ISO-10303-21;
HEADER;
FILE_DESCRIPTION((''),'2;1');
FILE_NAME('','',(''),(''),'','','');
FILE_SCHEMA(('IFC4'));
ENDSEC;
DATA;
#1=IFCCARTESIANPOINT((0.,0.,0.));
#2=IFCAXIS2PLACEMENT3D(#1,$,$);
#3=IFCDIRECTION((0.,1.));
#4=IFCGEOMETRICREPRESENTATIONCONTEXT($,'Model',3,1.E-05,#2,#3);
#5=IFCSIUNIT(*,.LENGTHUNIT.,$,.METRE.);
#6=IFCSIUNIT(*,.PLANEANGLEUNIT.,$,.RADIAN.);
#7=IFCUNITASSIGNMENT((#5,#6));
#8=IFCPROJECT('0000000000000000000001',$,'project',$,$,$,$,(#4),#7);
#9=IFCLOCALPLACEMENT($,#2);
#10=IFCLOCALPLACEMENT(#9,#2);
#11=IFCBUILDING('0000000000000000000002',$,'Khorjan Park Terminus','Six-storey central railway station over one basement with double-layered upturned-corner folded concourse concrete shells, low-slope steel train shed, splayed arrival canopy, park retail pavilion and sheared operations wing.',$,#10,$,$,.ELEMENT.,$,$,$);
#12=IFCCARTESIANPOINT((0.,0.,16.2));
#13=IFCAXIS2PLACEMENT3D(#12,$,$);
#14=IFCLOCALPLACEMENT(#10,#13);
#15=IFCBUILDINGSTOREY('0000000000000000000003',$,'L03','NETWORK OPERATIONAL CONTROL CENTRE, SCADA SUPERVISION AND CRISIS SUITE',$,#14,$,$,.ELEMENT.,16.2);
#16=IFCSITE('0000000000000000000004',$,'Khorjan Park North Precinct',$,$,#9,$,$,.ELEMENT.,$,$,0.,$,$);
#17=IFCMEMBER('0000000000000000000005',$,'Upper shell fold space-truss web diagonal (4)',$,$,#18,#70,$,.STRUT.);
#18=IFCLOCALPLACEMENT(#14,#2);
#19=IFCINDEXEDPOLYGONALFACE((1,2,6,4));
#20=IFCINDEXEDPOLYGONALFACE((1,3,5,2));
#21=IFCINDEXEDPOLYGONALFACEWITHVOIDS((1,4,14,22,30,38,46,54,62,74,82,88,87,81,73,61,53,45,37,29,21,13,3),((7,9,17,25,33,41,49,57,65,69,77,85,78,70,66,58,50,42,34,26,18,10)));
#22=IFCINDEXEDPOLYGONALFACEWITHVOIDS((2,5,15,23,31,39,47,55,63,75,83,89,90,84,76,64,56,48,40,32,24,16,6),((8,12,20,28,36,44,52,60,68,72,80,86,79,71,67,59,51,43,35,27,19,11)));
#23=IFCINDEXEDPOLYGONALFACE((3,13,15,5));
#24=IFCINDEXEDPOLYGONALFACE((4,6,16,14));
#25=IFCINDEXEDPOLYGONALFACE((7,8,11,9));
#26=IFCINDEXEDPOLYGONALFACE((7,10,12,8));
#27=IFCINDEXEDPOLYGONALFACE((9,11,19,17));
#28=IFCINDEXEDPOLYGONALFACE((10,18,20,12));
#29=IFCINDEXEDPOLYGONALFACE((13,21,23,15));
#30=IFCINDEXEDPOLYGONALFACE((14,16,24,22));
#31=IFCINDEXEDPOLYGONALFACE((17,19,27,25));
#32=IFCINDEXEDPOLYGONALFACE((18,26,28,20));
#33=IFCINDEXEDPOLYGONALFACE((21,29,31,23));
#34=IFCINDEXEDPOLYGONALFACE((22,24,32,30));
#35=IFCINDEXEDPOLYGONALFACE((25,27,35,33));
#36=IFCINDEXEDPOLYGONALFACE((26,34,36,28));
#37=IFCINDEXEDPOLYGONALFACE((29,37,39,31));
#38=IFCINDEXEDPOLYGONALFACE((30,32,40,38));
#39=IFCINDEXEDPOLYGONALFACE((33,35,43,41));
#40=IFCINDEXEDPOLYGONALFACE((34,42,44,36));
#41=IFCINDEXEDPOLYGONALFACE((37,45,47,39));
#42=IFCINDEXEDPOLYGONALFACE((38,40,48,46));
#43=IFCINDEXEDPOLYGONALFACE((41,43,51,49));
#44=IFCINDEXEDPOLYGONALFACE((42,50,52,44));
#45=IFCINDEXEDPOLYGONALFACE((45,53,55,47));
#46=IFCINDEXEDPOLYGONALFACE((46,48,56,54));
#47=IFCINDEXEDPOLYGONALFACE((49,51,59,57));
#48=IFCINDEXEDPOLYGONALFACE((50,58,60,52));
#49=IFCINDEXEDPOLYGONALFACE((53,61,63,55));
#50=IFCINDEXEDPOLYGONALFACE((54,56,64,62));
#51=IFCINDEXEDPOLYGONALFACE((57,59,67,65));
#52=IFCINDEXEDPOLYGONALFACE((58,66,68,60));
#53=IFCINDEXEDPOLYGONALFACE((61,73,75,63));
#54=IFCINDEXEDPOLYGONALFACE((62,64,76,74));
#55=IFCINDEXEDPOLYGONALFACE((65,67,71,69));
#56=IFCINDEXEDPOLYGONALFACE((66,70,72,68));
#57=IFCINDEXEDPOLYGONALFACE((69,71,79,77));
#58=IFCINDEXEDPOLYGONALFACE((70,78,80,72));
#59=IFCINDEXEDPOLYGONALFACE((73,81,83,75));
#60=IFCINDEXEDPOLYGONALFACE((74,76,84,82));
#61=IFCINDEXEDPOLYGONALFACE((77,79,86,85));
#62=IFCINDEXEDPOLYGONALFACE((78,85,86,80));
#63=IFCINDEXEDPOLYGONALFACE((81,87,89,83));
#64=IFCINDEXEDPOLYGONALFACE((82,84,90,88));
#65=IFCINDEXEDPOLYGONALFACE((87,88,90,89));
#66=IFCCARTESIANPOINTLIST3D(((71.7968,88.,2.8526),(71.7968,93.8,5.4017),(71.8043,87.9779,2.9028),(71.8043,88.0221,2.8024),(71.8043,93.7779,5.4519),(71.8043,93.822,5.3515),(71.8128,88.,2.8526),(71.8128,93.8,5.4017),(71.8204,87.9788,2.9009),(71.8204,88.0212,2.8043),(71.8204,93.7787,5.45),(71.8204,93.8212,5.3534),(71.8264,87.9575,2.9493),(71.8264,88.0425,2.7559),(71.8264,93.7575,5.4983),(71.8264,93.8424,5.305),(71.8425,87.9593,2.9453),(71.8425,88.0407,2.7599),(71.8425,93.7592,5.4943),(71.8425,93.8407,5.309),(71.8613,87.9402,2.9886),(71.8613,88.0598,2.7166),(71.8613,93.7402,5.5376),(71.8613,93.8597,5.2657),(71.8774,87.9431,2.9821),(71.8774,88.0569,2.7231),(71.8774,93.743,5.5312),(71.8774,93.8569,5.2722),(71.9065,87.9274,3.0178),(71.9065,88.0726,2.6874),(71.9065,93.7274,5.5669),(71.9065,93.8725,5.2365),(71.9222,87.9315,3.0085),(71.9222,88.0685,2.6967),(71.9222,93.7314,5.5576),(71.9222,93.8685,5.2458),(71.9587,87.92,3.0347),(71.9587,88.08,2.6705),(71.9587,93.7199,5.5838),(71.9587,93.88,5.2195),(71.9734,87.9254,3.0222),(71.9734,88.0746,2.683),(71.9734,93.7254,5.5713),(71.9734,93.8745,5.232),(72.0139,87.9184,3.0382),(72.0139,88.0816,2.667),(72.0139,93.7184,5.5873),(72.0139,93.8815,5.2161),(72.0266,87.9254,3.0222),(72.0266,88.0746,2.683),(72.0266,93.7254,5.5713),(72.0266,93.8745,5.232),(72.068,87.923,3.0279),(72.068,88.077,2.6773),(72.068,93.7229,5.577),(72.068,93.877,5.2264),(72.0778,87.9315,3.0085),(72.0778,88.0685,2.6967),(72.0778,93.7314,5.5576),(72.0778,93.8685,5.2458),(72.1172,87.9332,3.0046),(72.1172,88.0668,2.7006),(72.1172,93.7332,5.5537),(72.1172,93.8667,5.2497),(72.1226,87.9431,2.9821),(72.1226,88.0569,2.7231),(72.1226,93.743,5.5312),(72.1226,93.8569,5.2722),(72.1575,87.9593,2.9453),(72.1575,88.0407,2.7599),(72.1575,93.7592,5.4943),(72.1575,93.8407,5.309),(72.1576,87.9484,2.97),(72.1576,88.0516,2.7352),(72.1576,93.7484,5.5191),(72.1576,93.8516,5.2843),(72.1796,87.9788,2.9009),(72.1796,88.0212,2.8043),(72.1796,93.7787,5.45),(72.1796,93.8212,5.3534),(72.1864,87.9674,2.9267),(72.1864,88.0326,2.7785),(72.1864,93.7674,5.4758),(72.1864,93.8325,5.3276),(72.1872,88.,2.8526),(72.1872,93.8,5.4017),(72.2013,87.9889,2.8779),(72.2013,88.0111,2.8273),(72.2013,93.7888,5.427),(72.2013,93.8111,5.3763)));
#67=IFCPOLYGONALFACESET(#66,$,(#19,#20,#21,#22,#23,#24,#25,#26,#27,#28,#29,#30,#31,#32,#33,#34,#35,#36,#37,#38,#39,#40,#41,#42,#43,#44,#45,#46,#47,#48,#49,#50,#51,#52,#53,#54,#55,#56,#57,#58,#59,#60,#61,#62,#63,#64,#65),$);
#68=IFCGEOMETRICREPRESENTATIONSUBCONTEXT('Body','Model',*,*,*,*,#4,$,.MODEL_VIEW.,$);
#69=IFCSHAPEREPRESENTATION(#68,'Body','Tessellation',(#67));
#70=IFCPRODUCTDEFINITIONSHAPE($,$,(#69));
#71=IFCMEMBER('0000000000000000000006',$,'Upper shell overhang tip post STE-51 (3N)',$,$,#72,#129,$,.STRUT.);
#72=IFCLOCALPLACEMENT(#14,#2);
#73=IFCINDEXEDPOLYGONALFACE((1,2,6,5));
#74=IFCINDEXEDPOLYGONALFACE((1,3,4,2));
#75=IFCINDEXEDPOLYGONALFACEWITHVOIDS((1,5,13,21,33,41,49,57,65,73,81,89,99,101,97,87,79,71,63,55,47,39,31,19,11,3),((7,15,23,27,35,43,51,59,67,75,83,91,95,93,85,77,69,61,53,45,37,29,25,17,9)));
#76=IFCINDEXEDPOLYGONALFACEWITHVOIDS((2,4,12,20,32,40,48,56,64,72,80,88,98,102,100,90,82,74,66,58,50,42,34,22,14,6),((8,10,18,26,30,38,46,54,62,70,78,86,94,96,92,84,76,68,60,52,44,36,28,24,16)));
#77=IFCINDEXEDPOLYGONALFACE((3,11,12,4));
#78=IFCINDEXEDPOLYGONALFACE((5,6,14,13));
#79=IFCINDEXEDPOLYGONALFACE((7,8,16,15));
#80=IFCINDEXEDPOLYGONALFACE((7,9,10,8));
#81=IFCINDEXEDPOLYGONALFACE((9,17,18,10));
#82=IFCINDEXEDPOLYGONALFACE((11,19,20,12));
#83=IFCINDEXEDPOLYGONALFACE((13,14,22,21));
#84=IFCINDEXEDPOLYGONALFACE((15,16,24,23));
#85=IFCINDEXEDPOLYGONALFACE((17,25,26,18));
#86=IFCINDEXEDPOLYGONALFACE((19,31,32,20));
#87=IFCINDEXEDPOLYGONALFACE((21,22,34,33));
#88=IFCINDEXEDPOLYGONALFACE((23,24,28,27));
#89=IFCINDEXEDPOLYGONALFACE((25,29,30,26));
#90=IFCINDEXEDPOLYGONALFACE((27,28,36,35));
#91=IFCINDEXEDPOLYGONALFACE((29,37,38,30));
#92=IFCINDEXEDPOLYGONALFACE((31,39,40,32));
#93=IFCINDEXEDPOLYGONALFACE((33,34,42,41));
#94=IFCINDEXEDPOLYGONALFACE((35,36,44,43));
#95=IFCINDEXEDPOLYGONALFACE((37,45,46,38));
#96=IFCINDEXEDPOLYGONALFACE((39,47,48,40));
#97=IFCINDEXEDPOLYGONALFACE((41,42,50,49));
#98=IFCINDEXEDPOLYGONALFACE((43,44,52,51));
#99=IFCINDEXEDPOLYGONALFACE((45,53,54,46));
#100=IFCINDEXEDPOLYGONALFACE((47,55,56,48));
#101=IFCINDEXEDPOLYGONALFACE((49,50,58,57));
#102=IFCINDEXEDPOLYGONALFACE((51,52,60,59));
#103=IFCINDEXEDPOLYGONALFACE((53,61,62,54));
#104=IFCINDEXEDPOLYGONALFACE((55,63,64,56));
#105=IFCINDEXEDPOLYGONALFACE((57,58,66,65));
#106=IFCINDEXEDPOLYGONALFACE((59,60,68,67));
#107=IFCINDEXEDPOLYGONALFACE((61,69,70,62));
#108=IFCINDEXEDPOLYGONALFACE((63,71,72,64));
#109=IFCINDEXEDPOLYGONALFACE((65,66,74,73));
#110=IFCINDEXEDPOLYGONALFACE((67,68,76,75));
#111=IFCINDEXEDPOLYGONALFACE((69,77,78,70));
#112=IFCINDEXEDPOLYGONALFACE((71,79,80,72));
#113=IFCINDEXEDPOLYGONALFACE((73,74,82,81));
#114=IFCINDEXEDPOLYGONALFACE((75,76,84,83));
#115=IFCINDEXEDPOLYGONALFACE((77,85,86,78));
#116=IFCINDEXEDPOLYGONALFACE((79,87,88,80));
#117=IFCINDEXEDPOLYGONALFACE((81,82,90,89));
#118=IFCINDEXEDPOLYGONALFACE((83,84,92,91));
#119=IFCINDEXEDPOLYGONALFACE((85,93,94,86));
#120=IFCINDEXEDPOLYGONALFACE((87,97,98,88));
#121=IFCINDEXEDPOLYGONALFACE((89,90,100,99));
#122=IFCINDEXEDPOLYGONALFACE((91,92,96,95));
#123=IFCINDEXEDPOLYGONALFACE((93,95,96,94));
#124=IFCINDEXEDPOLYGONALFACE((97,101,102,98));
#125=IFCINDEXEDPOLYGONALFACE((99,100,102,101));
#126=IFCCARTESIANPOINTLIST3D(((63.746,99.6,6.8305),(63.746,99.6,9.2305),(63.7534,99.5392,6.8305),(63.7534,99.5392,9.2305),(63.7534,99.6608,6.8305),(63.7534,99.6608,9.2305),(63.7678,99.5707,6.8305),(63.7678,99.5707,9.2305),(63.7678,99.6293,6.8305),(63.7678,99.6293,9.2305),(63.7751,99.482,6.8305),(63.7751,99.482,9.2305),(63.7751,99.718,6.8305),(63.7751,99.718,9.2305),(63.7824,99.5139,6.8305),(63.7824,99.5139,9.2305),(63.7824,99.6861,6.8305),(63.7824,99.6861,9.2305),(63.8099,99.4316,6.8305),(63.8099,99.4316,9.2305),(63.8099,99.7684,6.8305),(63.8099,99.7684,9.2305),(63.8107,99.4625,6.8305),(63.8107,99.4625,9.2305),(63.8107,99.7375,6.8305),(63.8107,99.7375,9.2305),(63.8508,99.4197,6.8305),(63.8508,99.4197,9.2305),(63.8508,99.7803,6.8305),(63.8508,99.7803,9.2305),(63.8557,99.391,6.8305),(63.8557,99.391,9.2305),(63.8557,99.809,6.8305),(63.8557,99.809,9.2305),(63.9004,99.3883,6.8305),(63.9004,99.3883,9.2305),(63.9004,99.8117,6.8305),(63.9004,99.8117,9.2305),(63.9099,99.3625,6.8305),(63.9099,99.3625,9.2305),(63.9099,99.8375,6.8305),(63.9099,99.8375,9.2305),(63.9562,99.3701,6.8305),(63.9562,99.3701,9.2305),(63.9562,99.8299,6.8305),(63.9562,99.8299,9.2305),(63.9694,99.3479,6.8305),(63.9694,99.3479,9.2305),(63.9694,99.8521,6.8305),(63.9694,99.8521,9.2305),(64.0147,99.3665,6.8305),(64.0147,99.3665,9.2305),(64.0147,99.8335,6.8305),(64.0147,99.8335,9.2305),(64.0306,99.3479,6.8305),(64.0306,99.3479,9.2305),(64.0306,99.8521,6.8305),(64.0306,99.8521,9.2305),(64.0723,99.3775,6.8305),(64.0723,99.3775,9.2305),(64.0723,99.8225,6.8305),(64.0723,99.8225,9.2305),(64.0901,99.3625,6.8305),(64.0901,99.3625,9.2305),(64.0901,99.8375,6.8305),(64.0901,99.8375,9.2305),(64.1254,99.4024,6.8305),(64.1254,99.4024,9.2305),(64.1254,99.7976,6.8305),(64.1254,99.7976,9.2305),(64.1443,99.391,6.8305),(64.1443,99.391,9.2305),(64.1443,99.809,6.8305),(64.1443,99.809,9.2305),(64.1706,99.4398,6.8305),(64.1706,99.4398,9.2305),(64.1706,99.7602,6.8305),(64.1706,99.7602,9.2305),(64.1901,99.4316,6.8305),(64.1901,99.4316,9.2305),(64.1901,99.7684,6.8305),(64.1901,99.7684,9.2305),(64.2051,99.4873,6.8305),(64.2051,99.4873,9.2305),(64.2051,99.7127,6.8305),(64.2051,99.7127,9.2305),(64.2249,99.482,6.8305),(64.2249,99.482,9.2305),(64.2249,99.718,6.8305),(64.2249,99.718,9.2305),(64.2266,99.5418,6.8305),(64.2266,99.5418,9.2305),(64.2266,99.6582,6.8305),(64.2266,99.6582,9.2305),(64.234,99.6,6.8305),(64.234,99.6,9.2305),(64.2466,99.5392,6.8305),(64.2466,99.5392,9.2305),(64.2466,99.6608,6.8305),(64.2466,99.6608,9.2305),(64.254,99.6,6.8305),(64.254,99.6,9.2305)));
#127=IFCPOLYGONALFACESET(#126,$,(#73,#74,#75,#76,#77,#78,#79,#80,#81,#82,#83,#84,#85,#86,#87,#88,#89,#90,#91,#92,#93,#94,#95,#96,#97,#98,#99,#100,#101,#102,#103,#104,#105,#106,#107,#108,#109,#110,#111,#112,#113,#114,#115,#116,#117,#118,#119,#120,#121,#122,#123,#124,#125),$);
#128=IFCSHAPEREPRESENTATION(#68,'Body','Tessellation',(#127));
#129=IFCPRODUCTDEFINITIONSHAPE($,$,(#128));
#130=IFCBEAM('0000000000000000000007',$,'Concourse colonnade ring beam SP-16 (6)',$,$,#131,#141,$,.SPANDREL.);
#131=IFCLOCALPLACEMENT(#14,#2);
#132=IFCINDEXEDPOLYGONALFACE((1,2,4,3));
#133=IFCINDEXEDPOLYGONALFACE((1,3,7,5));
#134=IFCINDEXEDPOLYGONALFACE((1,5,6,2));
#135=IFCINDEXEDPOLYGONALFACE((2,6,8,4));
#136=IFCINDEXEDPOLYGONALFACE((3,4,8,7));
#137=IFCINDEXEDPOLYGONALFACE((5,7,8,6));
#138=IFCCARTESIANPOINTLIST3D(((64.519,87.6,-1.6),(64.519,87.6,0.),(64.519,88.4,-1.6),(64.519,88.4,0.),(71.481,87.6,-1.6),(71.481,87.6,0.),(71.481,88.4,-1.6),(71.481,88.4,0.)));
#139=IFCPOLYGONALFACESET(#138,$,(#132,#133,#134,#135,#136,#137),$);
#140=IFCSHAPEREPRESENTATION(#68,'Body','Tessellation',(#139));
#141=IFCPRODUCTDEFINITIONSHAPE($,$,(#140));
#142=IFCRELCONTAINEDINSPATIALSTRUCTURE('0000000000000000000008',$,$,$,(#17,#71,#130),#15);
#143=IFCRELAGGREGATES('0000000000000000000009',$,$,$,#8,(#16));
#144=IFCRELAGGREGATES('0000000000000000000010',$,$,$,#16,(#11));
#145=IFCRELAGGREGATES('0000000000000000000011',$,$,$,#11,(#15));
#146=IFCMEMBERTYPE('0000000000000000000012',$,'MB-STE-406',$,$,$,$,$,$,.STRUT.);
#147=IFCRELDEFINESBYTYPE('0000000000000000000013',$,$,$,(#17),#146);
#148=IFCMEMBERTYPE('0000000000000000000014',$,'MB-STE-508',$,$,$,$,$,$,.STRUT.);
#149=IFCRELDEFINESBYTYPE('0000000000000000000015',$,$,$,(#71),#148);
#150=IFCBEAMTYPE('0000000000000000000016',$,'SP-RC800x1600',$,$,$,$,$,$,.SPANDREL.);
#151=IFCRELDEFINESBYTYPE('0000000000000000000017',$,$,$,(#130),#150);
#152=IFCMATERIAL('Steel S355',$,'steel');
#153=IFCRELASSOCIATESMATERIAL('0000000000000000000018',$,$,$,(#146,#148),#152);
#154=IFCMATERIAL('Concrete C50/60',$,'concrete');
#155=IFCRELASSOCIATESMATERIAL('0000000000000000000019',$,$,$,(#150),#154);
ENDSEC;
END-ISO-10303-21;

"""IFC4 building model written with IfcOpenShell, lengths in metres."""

from ifc_helpers import new_model, si_unit, direction, frame, origin, origin_2d, place, context, subcontext, project, spatial, rectangle, hollow_circle, extrude, material, material_profile, profile_set, type_object, element, save


model = new_model("IFC4")

# Units and contexts
model_context = context("Model", 3, precision=1e-05, world=origin(), true_north=direction((0.0, 1.0)))
body_context = subcontext(model_context, "Body", "Model", "MODEL_VIEW")
ifc_project = project(units=[si_unit("LENGTHUNIT", "METRE"), si_unit("PLANEANGLEUNIT", "RADIAN")], contexts=[model_context])

# Site, building, storey
site_placement = place(None, origin())
site = spatial("IfcSite", under=ifc_project, at=site_placement, Name="Khorjan Park North Precinct", CompositionType="ELEMENT", RefElevation=0.0)
building_placement = place(site_placement, origin())
building = spatial("IfcBuilding", under=site, at=building_placement, Name="Khorjan Park Terminus", Description="Six-storey central railway station over one basement with double-layered upturned-corner folded concourse concrete shells, low-slope steel train shed, splayed arrival canopy, park retail pavilion and sheared operations wing.", CompositionType="ELEMENT")
storey_placement = place(building_placement, frame((0.0, 0.0, 16.2)))
storey = spatial("IfcBuildingStorey", under=building, at=storey_placement, Name="L03", Description="NETWORK OPERATIONAL CONTROL CENTRE, SCADA SUPERVISION AND CRISIS SUITE", CompositionType="ELEMENT", Elevation=16.2)

# Shared definitions
ifc_material_1 = material(Name="Concrete C50/60", Category="concrete")

# Members
ifc_material_2 = material(Name="Steel S355", Category="steel")
ifc_material_profile_1 = material_profile(ifc_material_2, hollow_circle(Radius=0.2032, WallThickness=0.016, at=origin_2d()), Name="CHS 406.4x16")
ifc_profile_set_1 = profile_set([ifc_material_profile_1], Name="Steel S355")
member_type_1 = type_object("IfcMemberType", Name="MB-STE-406", PredefinedType="STRUT", material=ifc_profile_set_1)
member_1_placement = place(storey_placement, frame((72.0, 88.0, 2.8526), z_axis=(0.0, 0.915484, 0.402355), x_axis=(-1.0, 0.0, 0.0)))
element("IfcMember", 1, at=member_1_placement, inside=storey, type_object=member_type_1, Name="Upper shell fold space-truss web diagonal (4)", PredefinedType="STRUT", context=body_context, shape_type="SweptSolid", body=[
    extrude(hollow_circle(Radius=0.2032, WallThickness=0.016, at=origin_2d()), origin(), (0.0, 0.0, 1.0), 6.3354),
])
ifc_material_profile_2 = material_profile(ifc_material_2, hollow_circle(Radius=0.254, WallThickness=0.02, at=origin_2d()), Name="CHS 508x20")
ifc_profile_set_2 = profile_set([ifc_material_profile_2], Name="Steel S355")
member_type_2 = type_object("IfcMemberType", Name="MB-STE-508", PredefinedType="STRUT", material=ifc_profile_set_2)
member_2_placement = place(storey_placement, frame((64.0, 99.6, 6.8305), z_axis=(0.0, 0.0, 1.0), x_axis=(1.0, 0.0, 0.0)))
element("IfcMember", 2, at=member_2_placement, inside=storey, type_object=member_type_2, Name="Upper shell overhang tip post STE-51 (3N)", PredefinedType="STRUT", context=body_context, shape_type="SweptSolid", body=[
    extrude(hollow_circle(Radius=0.254, WallThickness=0.02, at=origin_2d()), origin(), (0.0, 0.0, 1.0), 2.4),
])

# Beam
ifc_material_profile_3 = material_profile(ifc_material_1, rectangle(XDim=0.8, YDim=1.6, at=origin_2d()), Name="RC 800x1600")
ifc_profile_set_3 = profile_set([ifc_material_profile_3], Name="Concrete C50/60")
beam_type_1 = type_object("IfcBeamType", Name="SP-RC800x1600", PredefinedType="SPANDREL", material=ifc_profile_set_3)
beam_1_placement = place(storey_placement, frame((64.519, 88.0, -0.8), z_axis=(1.0, 0.0, 0.0), x_axis=(0.0, 1.0, 0.0)))
element("IfcBeam", 3, at=beam_1_placement, inside=storey, type_object=beam_type_1, Name="Concourse colonnade ring beam SP-16 (6)", PredefinedType="SPANDREL", context=body_context, shape_type="SweptSolid", body=[
    extrude(rectangle(XDim=0.8, YDim=1.6, at=origin_2d()), origin(), (0.0, 0.0, 1.0), 6.962),
])

save(model, "model.ifc")
